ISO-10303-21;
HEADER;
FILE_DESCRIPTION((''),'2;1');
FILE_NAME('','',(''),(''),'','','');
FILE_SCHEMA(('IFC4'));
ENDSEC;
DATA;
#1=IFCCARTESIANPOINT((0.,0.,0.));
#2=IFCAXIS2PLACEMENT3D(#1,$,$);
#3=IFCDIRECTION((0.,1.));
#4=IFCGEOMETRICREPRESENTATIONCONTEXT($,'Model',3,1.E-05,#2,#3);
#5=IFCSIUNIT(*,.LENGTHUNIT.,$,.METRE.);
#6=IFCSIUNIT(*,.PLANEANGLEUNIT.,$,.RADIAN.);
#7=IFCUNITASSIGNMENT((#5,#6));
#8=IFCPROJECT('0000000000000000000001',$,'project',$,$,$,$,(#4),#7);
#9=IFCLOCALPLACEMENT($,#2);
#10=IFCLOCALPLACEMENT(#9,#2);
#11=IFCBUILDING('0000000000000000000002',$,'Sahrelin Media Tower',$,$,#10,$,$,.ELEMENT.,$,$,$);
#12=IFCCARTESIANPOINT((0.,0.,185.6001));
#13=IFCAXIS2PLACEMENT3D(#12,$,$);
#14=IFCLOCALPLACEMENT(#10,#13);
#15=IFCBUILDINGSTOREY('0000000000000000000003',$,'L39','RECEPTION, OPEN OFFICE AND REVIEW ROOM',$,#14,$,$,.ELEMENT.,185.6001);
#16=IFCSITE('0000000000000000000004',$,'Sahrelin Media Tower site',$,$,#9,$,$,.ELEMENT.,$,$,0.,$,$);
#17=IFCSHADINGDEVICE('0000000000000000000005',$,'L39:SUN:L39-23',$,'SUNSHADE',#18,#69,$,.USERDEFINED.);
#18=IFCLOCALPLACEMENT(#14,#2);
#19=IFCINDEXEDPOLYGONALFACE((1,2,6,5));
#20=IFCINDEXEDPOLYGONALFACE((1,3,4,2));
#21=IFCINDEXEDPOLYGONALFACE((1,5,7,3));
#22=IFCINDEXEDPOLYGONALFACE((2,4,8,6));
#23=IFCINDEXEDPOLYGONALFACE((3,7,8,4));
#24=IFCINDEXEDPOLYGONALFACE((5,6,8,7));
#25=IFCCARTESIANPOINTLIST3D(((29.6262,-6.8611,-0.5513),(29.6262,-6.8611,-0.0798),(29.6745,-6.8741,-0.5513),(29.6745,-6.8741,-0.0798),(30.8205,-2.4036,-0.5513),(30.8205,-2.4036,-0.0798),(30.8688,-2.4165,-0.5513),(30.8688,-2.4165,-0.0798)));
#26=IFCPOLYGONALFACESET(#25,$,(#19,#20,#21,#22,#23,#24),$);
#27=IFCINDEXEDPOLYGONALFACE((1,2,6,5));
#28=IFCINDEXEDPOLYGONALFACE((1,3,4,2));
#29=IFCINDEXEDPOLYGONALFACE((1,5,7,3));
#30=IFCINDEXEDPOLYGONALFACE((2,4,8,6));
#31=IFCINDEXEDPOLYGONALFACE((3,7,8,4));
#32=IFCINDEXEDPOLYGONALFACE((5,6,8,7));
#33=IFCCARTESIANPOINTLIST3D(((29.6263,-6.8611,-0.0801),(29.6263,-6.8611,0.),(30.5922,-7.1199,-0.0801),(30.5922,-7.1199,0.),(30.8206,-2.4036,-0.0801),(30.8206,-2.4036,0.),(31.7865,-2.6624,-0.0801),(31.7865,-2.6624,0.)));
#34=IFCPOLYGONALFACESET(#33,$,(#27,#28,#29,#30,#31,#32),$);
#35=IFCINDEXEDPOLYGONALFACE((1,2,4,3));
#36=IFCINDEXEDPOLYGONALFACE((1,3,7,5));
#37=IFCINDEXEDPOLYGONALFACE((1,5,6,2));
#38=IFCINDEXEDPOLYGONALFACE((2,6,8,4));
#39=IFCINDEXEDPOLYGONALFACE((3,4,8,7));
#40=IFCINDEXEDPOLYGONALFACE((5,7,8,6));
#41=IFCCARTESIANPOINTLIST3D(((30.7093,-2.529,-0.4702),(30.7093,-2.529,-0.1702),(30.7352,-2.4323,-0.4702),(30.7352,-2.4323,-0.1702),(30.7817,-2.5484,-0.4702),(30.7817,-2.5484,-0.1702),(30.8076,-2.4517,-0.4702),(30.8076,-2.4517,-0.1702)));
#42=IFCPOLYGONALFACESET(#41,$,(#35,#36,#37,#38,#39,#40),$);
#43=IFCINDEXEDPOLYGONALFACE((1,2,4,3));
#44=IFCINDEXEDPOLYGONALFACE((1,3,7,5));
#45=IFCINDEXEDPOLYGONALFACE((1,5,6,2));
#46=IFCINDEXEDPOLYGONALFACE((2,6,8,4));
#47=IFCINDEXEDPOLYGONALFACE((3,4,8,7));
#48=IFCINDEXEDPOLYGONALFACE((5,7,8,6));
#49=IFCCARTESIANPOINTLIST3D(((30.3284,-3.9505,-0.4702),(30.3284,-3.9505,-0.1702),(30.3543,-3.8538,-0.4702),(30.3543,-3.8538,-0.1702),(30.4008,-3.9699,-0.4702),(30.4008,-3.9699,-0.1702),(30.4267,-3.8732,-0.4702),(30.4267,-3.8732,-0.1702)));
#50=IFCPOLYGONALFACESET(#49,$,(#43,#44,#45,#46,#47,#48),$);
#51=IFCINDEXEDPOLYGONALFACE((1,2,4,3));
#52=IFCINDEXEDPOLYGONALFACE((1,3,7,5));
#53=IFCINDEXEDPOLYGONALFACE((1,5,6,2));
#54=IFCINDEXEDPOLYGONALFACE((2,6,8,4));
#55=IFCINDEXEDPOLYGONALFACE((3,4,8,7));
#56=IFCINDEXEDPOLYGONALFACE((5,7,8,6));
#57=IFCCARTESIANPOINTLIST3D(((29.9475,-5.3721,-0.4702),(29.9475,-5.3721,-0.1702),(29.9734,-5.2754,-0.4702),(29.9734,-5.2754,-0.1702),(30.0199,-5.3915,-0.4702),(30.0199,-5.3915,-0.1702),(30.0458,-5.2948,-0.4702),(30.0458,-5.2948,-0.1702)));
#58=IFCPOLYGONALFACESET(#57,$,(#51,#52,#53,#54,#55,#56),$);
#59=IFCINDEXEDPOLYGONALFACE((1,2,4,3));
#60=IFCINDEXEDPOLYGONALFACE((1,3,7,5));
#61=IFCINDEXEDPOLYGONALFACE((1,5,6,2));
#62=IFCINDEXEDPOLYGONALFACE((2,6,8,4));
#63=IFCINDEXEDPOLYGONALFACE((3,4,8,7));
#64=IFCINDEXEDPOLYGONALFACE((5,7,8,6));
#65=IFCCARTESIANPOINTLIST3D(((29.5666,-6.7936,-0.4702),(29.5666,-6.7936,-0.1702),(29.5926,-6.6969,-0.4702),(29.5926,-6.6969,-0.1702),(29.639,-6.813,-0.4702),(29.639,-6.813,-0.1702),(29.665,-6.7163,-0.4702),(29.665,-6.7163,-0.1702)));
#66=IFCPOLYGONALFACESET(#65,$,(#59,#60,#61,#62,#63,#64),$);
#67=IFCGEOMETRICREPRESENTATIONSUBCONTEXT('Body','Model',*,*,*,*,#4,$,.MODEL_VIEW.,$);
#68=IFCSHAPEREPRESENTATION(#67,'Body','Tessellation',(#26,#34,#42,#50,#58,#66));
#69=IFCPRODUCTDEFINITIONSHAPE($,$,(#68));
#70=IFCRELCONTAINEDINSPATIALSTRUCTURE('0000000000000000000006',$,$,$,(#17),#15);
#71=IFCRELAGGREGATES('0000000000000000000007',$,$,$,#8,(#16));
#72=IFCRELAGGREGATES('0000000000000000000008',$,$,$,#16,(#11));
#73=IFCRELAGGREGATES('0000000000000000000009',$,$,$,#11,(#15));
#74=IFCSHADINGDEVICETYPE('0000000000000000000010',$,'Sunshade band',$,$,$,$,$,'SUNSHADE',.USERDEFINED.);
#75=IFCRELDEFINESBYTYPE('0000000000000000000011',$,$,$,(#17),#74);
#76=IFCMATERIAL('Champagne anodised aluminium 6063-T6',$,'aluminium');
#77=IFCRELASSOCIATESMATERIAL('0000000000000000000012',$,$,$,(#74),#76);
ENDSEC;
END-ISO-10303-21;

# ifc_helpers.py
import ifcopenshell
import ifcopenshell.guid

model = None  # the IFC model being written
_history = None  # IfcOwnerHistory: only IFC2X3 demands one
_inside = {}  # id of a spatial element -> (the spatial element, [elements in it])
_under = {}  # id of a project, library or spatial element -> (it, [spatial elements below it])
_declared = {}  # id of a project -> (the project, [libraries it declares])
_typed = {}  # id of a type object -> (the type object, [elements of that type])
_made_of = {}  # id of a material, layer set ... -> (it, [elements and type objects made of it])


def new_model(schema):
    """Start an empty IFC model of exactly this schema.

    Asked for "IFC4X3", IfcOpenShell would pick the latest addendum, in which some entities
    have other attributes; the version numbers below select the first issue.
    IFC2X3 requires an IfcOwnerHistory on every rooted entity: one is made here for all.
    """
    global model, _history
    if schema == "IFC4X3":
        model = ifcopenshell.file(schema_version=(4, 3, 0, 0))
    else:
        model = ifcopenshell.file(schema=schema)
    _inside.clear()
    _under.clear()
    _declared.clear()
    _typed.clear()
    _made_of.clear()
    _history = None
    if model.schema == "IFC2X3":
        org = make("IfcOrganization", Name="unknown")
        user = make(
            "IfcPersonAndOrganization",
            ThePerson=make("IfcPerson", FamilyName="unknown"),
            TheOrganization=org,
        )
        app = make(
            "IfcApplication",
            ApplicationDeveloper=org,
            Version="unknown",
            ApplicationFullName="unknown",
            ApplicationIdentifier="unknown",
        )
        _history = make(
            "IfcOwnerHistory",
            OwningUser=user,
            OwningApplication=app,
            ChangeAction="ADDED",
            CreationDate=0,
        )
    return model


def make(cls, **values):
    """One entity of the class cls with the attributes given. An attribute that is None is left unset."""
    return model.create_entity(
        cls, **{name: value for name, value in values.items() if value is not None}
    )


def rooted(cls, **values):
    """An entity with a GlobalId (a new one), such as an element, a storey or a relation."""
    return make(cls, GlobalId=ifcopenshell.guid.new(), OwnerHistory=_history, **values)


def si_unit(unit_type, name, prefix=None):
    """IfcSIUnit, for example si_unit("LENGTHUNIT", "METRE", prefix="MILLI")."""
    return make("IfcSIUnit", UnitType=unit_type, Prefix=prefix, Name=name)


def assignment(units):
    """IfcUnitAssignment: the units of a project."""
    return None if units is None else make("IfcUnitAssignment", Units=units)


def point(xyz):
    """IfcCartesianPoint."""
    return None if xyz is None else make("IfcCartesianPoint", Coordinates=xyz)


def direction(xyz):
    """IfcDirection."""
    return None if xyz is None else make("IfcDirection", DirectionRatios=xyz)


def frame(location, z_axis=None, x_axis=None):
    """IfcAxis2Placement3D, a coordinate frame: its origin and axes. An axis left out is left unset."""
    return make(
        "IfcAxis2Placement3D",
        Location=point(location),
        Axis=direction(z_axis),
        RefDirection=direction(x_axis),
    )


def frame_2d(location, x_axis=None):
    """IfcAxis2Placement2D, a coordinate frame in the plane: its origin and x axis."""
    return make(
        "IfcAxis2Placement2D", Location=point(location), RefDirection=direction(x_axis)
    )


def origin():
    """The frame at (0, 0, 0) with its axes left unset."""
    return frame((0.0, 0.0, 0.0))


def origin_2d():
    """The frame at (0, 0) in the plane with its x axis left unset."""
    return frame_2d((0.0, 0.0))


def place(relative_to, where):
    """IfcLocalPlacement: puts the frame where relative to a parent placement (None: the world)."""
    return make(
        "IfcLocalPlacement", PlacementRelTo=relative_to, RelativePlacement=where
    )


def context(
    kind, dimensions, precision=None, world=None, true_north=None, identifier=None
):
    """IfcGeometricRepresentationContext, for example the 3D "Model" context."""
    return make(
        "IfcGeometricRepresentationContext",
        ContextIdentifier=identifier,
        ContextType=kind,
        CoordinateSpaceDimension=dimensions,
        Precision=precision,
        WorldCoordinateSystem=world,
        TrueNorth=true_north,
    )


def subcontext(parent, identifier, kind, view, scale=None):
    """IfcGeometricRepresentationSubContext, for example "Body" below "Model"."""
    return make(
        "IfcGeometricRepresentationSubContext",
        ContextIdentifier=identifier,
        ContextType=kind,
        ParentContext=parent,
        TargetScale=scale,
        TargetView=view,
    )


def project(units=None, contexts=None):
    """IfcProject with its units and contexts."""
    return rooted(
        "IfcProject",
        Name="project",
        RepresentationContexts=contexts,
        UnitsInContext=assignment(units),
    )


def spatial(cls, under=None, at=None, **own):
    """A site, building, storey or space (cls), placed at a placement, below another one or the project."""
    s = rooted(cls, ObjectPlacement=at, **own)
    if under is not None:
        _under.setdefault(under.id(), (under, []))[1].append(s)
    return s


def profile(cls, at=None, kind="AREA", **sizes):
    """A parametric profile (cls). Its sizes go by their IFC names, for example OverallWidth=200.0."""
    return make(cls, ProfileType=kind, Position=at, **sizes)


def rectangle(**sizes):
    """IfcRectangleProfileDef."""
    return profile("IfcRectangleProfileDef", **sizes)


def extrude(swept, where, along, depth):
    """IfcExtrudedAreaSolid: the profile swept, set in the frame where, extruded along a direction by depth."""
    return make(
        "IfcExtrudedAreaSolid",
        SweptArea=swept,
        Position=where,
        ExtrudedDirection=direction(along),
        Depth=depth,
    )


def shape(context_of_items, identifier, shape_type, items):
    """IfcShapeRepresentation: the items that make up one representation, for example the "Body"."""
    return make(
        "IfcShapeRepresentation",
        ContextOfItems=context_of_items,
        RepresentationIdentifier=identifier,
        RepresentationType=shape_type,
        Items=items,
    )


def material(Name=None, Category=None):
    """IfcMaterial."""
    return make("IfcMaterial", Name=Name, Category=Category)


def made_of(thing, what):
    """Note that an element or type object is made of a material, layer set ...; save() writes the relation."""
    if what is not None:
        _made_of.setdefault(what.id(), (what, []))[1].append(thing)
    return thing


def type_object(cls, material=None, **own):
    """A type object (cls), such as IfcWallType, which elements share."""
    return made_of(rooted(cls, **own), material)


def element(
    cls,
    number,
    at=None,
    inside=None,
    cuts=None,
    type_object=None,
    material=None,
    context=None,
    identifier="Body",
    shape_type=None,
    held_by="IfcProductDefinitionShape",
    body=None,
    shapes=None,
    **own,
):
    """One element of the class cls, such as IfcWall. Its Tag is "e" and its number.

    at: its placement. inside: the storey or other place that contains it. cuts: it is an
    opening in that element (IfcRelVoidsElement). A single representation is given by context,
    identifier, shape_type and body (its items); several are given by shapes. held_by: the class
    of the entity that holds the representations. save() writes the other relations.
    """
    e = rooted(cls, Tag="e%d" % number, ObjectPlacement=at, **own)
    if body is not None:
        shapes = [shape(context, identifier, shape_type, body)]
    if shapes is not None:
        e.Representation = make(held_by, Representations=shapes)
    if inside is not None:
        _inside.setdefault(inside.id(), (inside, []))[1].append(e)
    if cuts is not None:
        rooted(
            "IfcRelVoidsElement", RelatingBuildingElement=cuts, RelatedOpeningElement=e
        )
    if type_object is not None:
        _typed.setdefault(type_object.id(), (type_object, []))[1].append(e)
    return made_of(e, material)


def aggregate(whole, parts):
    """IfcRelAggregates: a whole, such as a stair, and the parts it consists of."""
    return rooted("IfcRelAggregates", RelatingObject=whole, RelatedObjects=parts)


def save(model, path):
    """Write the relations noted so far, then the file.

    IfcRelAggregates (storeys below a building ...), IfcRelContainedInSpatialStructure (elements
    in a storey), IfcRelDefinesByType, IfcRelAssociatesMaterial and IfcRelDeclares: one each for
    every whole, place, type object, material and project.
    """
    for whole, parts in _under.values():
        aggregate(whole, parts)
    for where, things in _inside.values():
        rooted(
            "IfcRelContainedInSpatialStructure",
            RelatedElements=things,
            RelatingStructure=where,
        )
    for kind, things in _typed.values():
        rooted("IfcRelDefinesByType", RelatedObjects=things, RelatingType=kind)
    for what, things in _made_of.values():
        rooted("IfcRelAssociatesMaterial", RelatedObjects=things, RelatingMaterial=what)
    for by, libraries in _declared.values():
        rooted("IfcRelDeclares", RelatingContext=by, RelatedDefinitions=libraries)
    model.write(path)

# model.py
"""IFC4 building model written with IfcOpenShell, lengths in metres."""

from ifc_helpers import new_model, si_unit, direction, frame, origin, origin_2d, place, context, subcontext, project, spatial, rectangle, extrude, material, type_object, element, save


model = new_model("IFC4")

# Units and contexts
model_context = context("Model", 3, precision=1e-05, world=origin(), true_north=direction((0.0, 1.0)))
body_context = subcontext(model_context, "Body", "Model", "MODEL_VIEW")
ifc_project = project(units=[si_unit("LENGTHUNIT", "METRE"), si_unit("PLANEANGLEUNIT", "RADIAN")], contexts=[model_context])

# Site, building, storey
site_placement = place(None, origin())
site = spatial("IfcSite", under=ifc_project, at=site_placement, Name="Sahrelin Media Tower site", CompositionType="ELEMENT", RefElevation=0.0)
building_placement = place(site_placement, origin())
building = spatial("IfcBuilding", under=site, at=building_placement, Name="Sahrelin Media Tower", CompositionType="ELEMENT")
storey_placement = place(building_placement, frame((0.0, 0.0, 185.6001)))
storey = spatial("IfcBuildingStorey", under=building, at=storey_placement, Name="L39", Description="RECEPTION, OPEN OFFICE AND REVIEW ROOM", CompositionType="ELEMENT", Elevation=185.6001)

# Shared definitions
ifc_material_1 = material(Name="Champagne anodised aluminium 6063-T6", Category="aluminium")

# Shading device
placement_1 = place(storey_placement, frame((30.2041, -4.6272, 0.0), z_axis=(0.0, 0.0, 1.0), x_axis=(-0.258808, -0.965929, 0.0)))
shading_device_type_1 = type_object("IfcShadingDeviceType", Name="Sunshade band", ElementType="SUNSHADE", PredefinedType="USERDEFINED", material=ifc_material_1)
element("IfcShadingDevice", 1, at=placement_1, inside=storey, type_object=shading_device_type_1, Name="L39:SUN:L39-23", ObjectType="SUNSHADE", PredefinedType="USERDEFINED", context=body_context, shape_type="SweptSolid", body=[
    extrude(rectangle(XDim=4.6147, YDim=0.05, at=origin_2d()), frame((0.0, 0.0449, -0.5513)), (0.0, 0.0, 1.0), 0.4714),
    extrude(rectangle(XDim=4.6147, YDim=1.0, at=origin_2d()), frame((0.0, 0.52, -0.0801)), (0.0, 0.0, 1.0), 0.0801),
    extrude(rectangle(XDim=0.1001, YDim=0.075, at=origin_2d()), frame((-2.2075, -0.0176, -0.4702)), (0.0, 0.0, 1.0), 0.3),
    extrude(rectangle(XDim=0.1001, YDim=0.075, at=origin_2d()), frame((-0.7358, -0.0176, -0.4702)), (0.0, 0.0, 1.0), 0.3),
    extrude(rectangle(XDim=0.1001, YDim=0.075, at=origin_2d()), frame((0.7358, -0.0176, -0.4702)), (0.0, 0.0, 1.0), 0.3),
    extrude(rectangle(XDim=0.1001, YDim=0.075, at=origin_2d()), frame((2.2075, -0.0176, -0.4702)), (0.0, 0.0, 1.0), 0.3),
])

save(model, "model.ifc")
